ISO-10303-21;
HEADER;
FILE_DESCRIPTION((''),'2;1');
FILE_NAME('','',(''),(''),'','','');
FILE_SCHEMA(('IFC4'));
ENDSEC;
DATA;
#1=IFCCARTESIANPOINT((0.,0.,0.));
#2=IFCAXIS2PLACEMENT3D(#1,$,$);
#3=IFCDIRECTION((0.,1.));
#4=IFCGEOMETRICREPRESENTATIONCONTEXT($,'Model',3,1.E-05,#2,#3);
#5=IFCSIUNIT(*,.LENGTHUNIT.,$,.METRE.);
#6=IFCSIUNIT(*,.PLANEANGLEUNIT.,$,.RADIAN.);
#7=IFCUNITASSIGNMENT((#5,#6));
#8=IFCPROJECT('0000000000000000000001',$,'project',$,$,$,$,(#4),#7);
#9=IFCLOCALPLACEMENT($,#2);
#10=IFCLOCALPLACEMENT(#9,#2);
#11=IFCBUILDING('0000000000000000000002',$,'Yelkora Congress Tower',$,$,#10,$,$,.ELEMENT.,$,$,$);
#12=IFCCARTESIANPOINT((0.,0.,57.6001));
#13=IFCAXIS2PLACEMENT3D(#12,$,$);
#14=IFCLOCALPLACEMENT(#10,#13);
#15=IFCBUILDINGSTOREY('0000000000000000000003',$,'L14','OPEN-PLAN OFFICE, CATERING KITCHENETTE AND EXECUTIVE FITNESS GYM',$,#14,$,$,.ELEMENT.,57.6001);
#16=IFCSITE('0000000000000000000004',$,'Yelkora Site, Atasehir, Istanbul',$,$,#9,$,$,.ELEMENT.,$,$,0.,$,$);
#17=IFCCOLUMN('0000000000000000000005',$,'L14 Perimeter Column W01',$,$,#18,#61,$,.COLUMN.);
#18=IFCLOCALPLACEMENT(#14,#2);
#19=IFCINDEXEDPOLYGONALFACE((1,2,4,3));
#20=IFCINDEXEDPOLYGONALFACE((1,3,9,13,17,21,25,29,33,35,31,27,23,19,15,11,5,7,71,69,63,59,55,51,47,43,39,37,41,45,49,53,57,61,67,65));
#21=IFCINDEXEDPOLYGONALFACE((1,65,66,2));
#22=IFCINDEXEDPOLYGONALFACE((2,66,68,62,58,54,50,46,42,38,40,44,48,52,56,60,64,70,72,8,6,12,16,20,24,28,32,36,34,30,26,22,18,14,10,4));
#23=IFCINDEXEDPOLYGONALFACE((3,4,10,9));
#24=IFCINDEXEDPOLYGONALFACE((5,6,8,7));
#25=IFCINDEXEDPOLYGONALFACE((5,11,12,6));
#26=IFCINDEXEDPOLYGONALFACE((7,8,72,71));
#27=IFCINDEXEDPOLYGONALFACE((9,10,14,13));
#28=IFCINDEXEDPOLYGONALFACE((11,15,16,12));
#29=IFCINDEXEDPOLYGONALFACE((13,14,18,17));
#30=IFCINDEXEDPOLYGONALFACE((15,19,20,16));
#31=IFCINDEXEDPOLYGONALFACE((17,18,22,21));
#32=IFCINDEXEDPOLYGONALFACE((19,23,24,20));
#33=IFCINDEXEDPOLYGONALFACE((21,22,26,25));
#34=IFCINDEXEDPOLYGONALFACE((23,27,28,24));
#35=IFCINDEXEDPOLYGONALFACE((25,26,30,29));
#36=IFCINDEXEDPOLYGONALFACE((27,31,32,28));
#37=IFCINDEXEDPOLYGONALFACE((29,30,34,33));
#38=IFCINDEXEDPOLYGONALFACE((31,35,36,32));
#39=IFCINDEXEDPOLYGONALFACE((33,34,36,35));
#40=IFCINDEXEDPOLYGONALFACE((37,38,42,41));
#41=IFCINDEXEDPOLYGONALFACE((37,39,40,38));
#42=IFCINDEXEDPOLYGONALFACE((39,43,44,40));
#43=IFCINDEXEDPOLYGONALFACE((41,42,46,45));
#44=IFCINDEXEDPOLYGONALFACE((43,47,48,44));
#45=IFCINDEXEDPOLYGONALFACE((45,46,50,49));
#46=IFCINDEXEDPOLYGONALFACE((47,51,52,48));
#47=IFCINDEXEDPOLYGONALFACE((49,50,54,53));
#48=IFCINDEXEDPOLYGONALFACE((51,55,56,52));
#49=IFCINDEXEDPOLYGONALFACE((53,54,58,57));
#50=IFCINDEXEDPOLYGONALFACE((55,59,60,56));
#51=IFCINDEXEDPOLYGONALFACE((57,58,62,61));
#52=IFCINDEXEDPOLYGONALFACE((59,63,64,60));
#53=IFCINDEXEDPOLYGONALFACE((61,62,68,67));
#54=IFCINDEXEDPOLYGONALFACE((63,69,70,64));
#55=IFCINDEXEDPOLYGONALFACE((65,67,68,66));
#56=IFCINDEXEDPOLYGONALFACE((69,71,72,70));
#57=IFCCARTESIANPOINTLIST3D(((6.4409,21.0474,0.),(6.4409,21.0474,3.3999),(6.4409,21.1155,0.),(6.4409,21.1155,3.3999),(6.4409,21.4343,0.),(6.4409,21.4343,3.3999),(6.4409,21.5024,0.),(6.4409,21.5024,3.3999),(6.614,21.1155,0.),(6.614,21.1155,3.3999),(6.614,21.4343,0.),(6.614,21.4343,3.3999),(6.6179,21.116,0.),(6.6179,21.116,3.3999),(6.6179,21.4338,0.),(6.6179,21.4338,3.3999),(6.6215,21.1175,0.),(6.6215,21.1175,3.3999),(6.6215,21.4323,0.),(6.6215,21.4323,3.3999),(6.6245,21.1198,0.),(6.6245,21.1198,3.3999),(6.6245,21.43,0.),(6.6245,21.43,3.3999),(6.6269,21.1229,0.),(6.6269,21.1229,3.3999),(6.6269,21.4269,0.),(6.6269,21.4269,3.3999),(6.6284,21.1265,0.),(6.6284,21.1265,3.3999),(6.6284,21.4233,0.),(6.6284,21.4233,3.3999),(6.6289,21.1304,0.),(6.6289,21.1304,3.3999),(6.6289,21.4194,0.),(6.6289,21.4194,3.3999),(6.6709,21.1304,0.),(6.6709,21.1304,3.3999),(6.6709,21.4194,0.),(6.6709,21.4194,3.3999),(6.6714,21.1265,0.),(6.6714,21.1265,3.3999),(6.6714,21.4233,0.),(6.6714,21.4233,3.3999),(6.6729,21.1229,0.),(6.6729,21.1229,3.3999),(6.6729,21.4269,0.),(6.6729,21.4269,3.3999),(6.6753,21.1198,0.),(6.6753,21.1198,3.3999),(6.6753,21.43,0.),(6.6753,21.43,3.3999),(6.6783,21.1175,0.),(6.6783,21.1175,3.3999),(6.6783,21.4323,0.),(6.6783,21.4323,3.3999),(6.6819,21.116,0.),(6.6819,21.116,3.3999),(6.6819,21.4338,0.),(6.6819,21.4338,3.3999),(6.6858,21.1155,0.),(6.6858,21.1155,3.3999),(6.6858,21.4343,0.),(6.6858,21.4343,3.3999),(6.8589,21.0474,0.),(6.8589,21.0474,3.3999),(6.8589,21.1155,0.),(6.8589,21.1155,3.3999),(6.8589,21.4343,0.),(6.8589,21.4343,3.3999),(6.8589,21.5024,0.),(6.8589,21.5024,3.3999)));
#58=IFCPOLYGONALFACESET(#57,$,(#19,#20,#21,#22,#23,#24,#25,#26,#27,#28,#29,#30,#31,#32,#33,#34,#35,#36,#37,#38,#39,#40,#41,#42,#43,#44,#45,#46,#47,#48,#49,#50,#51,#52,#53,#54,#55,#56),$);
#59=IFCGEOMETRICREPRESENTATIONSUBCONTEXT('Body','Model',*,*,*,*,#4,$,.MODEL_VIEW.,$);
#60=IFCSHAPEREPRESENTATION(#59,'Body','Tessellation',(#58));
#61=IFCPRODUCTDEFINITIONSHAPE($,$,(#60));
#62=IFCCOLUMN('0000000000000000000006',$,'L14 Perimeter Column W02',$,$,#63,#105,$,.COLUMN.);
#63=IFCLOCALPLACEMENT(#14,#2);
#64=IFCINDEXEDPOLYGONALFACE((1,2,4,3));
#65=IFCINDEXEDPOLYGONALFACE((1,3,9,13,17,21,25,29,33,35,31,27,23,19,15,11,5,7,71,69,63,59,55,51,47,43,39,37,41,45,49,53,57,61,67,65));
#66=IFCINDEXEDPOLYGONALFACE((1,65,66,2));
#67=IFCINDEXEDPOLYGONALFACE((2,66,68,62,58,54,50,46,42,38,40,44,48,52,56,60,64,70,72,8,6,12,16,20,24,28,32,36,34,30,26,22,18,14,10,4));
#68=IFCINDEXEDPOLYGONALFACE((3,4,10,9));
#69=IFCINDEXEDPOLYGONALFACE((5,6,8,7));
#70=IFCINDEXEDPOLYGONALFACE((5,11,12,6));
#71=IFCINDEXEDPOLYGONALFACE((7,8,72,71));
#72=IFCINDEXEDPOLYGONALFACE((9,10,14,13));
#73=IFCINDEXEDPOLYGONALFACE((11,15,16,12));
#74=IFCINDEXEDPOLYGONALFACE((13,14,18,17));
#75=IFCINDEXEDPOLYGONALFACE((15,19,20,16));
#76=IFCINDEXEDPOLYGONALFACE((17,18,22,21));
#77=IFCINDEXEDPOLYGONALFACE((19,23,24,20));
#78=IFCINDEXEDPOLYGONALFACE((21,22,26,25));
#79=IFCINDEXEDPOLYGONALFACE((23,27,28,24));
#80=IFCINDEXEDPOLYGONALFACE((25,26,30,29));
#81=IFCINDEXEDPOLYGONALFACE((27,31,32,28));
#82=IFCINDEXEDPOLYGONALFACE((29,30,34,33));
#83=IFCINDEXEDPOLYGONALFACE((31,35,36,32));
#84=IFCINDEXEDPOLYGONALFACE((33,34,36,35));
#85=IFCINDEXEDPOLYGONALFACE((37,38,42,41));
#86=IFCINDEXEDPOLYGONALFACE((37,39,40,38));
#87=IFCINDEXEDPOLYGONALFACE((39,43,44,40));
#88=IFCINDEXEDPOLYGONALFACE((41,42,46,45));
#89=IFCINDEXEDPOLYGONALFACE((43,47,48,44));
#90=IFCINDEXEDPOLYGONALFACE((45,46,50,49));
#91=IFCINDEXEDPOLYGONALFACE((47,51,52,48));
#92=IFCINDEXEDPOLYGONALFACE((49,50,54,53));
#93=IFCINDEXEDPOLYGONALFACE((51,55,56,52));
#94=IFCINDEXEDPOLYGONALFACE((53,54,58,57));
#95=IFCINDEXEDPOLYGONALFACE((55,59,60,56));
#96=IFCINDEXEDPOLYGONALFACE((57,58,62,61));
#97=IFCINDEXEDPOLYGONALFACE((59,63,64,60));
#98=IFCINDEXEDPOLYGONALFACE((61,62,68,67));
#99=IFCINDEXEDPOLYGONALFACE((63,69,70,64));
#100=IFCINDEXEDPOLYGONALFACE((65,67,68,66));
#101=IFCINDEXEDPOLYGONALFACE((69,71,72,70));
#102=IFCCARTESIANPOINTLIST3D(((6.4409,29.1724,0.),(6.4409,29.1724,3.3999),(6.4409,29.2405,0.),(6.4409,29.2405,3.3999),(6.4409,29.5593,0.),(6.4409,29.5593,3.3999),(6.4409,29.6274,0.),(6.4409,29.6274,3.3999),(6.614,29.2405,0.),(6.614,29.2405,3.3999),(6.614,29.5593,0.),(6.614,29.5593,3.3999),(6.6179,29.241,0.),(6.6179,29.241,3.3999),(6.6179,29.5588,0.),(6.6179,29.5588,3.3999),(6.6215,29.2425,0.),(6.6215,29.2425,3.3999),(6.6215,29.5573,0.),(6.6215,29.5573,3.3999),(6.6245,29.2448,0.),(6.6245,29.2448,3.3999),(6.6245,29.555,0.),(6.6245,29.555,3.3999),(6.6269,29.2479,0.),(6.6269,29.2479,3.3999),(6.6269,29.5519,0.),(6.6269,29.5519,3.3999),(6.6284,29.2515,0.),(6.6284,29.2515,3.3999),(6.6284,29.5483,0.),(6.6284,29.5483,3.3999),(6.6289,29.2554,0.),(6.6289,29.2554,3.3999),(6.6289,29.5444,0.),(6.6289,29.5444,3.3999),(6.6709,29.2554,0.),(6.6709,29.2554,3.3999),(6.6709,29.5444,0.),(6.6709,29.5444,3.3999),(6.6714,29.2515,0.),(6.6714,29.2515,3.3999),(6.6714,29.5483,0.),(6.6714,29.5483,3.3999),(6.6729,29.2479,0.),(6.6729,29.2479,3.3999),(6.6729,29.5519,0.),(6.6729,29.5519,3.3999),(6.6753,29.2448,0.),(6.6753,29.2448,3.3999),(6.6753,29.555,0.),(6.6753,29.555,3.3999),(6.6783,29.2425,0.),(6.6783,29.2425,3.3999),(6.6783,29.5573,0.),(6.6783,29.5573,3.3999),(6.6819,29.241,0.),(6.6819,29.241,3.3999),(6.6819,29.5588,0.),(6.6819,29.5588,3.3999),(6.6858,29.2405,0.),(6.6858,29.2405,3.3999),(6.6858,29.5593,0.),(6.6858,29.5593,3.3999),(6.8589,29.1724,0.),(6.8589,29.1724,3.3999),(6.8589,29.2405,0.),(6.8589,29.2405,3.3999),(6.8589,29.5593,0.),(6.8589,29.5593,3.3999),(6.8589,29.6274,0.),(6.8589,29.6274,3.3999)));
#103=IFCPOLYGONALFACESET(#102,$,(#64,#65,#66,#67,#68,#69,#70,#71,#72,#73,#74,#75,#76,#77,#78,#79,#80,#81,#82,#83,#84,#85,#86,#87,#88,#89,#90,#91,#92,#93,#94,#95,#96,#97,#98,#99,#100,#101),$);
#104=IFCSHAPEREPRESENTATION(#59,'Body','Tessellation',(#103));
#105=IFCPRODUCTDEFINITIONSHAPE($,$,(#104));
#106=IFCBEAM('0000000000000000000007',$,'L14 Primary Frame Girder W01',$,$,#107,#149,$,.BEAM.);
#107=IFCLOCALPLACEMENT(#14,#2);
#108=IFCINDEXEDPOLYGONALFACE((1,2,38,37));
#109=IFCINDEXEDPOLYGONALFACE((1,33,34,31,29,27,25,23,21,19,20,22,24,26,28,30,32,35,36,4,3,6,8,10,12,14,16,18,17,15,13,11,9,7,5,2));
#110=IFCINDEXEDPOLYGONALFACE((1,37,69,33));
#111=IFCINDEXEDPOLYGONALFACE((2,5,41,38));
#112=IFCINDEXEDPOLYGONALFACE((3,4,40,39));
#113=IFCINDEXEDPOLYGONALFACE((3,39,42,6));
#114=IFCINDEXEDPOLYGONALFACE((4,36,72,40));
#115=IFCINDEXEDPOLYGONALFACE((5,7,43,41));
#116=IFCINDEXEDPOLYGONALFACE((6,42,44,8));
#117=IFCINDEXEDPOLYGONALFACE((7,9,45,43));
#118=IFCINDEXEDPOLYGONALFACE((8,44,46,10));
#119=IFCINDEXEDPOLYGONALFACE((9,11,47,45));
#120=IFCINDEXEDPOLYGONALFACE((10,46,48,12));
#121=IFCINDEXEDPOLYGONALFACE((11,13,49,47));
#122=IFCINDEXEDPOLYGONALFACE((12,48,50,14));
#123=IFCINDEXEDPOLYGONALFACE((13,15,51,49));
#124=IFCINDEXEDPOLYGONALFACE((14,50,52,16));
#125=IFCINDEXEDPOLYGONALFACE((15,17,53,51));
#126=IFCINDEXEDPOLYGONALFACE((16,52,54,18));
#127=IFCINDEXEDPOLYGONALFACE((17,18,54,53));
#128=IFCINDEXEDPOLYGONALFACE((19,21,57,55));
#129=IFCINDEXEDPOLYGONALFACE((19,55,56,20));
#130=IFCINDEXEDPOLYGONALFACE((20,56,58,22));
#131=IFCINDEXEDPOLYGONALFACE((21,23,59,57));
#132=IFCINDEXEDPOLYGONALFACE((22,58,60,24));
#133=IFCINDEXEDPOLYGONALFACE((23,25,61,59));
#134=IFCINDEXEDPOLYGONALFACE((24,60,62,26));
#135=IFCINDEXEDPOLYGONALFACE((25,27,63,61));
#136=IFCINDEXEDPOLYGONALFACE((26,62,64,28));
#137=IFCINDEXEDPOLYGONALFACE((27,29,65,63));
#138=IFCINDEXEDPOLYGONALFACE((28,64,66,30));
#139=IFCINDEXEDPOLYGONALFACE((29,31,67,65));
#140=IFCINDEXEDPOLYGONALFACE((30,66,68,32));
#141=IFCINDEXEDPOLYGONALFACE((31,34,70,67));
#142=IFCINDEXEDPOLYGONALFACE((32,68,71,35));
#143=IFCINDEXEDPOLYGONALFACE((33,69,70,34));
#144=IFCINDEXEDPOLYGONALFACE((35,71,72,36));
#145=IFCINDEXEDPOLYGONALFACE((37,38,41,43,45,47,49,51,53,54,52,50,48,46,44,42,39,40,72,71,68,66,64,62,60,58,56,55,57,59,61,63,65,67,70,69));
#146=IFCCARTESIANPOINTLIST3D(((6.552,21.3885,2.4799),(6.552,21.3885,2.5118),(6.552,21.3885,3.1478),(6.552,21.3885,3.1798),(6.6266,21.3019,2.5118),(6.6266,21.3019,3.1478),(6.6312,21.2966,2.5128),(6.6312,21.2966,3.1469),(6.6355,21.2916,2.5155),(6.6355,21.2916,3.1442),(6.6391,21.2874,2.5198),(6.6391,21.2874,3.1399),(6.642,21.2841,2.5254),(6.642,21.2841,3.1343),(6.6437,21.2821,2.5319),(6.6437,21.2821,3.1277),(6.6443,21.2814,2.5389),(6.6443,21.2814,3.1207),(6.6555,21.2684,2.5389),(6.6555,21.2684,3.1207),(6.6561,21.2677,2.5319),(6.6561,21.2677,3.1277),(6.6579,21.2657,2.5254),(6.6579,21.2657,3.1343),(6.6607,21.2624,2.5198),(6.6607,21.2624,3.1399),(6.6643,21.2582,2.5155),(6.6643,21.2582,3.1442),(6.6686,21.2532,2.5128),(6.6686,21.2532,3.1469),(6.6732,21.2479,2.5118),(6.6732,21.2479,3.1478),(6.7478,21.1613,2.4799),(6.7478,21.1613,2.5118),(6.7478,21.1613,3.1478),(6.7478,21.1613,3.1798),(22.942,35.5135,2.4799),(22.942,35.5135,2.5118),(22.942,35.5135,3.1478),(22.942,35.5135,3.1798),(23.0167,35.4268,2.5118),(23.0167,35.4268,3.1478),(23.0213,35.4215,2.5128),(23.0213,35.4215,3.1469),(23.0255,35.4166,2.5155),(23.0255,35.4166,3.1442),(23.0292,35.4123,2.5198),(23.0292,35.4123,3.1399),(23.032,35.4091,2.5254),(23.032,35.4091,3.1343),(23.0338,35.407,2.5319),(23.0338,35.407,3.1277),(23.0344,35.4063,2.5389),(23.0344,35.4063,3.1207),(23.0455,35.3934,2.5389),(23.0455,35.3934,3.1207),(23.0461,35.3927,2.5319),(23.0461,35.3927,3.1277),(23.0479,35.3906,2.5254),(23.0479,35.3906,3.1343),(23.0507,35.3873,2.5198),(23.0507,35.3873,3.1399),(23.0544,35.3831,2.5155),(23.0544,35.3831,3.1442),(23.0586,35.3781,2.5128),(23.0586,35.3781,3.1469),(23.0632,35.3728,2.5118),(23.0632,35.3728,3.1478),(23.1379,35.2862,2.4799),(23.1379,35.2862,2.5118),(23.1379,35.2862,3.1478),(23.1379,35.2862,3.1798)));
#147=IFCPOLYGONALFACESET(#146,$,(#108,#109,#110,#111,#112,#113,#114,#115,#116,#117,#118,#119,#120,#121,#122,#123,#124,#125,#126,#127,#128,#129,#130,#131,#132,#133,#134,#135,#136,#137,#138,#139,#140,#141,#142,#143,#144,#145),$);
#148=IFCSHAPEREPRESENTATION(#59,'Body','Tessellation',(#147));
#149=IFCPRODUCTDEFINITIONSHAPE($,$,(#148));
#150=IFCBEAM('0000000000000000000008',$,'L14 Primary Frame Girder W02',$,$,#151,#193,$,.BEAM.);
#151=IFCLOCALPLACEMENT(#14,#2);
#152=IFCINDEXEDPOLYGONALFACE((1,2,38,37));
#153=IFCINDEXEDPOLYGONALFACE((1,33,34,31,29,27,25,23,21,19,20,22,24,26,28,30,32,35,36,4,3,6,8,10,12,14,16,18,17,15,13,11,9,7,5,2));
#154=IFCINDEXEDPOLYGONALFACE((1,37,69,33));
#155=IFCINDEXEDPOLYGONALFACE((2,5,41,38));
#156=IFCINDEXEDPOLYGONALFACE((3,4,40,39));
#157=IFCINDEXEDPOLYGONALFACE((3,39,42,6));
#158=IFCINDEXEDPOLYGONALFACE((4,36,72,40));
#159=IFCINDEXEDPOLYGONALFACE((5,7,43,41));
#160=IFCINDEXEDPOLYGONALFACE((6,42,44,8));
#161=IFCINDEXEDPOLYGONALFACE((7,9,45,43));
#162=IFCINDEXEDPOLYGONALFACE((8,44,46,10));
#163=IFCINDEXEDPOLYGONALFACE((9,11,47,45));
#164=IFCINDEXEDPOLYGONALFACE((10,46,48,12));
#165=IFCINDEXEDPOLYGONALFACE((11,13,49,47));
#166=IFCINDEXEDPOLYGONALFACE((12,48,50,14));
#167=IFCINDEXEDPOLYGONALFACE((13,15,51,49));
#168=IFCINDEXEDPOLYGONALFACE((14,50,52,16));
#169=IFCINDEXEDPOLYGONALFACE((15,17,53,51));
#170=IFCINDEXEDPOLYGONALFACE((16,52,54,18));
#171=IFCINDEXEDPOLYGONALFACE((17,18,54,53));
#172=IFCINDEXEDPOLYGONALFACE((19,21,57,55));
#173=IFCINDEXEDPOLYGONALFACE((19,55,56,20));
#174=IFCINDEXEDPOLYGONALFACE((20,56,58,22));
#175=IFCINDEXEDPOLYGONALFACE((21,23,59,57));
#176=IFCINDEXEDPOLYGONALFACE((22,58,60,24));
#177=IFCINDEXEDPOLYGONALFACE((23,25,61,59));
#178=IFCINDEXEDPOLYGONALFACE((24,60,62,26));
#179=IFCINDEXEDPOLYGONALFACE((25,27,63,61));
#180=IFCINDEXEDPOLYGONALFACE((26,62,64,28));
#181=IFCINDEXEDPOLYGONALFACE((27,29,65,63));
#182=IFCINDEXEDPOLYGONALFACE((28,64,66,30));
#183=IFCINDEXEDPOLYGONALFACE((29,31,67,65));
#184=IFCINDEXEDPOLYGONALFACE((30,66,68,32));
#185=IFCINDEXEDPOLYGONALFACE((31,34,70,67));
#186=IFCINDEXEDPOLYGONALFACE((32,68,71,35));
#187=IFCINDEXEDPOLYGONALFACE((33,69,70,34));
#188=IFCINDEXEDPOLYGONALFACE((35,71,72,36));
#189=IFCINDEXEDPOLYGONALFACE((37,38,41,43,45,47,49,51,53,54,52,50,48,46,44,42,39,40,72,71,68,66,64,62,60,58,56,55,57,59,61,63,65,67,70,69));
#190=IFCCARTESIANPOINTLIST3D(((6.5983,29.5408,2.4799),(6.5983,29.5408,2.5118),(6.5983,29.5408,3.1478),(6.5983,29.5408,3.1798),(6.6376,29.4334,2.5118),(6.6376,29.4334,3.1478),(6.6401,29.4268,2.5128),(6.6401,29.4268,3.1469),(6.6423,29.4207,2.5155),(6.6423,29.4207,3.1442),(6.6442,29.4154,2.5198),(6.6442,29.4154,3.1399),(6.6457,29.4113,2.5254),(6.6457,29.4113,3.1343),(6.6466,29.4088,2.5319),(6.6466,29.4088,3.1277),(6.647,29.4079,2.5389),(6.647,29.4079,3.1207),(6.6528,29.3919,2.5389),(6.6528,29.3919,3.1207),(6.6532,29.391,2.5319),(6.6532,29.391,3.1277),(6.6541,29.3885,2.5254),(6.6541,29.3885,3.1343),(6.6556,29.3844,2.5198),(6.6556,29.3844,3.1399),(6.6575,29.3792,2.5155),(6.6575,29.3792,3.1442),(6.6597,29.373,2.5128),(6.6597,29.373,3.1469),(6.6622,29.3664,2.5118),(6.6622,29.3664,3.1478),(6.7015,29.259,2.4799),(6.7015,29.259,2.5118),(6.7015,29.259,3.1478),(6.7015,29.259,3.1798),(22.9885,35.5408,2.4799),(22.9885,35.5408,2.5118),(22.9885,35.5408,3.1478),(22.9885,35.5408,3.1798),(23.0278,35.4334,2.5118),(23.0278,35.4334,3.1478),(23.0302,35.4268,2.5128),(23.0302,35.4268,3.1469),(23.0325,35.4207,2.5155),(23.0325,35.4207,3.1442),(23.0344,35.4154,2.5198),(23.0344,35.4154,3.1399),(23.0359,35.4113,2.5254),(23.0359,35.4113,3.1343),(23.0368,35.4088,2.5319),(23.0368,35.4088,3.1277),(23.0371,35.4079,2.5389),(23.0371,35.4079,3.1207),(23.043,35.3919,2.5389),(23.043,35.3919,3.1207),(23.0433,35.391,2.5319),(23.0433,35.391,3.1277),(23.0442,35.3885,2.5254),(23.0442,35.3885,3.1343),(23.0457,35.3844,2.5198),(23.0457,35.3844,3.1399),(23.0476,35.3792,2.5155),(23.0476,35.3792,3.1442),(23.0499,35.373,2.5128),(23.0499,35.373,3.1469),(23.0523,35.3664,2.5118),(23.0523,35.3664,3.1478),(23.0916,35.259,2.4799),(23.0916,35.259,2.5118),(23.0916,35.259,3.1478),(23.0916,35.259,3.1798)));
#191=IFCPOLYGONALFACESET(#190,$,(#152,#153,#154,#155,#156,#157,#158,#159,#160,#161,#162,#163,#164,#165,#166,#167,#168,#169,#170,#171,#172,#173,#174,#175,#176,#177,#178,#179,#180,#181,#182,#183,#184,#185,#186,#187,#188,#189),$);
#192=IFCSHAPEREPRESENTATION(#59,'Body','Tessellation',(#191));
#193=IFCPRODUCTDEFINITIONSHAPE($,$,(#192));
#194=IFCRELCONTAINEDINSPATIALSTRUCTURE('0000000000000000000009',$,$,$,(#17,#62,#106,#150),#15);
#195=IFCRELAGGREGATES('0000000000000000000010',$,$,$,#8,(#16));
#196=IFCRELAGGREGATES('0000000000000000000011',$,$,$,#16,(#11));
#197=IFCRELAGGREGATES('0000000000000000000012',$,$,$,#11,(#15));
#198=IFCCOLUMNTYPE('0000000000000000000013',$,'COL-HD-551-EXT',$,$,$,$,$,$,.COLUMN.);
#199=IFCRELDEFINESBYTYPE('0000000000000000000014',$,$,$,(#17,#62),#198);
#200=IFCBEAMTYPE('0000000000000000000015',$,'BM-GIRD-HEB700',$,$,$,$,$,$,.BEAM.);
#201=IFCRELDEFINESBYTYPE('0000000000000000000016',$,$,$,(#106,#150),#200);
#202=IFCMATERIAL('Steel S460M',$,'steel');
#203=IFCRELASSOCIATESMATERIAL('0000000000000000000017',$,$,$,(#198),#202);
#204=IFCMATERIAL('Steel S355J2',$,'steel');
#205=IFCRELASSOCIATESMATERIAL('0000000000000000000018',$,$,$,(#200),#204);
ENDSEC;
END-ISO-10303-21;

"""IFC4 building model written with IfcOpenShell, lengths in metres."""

from ifc_helpers import new_model, si_unit, direction, frame, origin, origin_2d, place, context, subcontext, project, spatial, i_section, extrude, material, material_profile, profile_set, type_object, element, save


model = new_model("IFC4")

# Units and contexts
model_context = context("Model", 3, precision=1e-05, world=origin(), true_north=direction((0.0, 1.0)))
body_context = subcontext(model_context, "Body", "Model", "MODEL_VIEW")
ifc_project = project(units=[si_unit("LENGTHUNIT", "METRE"), si_unit("PLANEANGLEUNIT", "RADIAN")], contexts=[model_context])

# Site, building, storey
site_placement = place(None, origin())
site = spatial("IfcSite", under=ifc_project, at=site_placement, Name="Yelkora Site, Atasehir, Istanbul", CompositionType="ELEMENT", RefElevation=0.0)
building_placement = place(site_placement, origin())
building = spatial("IfcBuilding", under=site, at=building_placement, Name="Yelkora Congress Tower", CompositionType="ELEMENT")
storey_placement = place(building_placement, frame((0.0, 0.0, 57.6001)))
storey = spatial("IfcBuildingStorey", under=building, at=storey_placement, Name="L14", Description="OPEN-PLAN OFFICE, CATERING KITCHENETTE AND EXECUTIVE FITNESS GYM", CompositionType="ELEMENT", Elevation=57.6001)

# Columns
ifc_material_1 = material(Name="Steel S460M", Category="steel")
ifc_material_profile_1 = material_profile(ifc_material_1, i_section(OverallWidth=0.418, OverallDepth=0.4551, WebThickness=0.042, FlangeThickness=0.0681, FilletRadius=0.0149, at=origin_2d()), Name="HD 400x551")
ifc_profile_set_1 = profile_set([ifc_material_profile_1], Name="Steel S460M")
column_type = type_object("IfcColumnType", Name="COL-HD-551-EXT", PredefinedType="COLUMN", material=ifc_profile_set_1)
for number, where, z_axis, x_axis, name in (
    (1, (6.6499, 21.2749, 0.0), (0.0, 0.0, 1.0), (1.0, 0.0, 0.0), "L14 Perimeter Column W01"),
    (2, (6.6499, 29.3999, 0.0), (0.0, 0.0, 1.0), (1.0, 0.0, 0.0), "L14 Perimeter Column W02"),
):
    element("IfcColumn", number, at=place(storey_placement, frame(where, z_axis=z_axis, x_axis=x_axis)), inside=storey, type_object=column_type, Name=name, PredefinedType="COLUMN", context=body_context, shape_type="SweptSolid", body=[
        extrude(i_section(OverallWidth=0.418, OverallDepth=0.4551, WebThickness=0.042, FlangeThickness=0.0681, FilletRadius=0.0149, at=origin_2d()), origin(), (0.0, 0.0, 1.0), 3.3999),
    ])

# Beams
ifc_material_2 = material(Name="Steel S355J2", Category="steel")
ifc_material_profile_2 = material_profile(ifc_material_2, i_section(OverallWidth=0.3, OverallDepth=0.7, WebThickness=0.0171, FlangeThickness=0.032, FilletRadius=0.0271, at=origin_2d()), Name="HEB 700")
ifc_profile_set_2 = profile_set([ifc_material_profile_2], Name="Steel S355J2")
beam_type_1 = type_object("IfcBeamType", Name="BM-GIRD-HEB700", PredefinedType="BEAM", material=ifc_profile_set_2)
beam_1_placement = place(storey_placement, frame((6.6499, 21.2749, 2.8298), z_axis=(0.757511, 0.652822, 0.0), x_axis=(-0.652822, 0.757511, 0.0)))
element("IfcBeam", 3, at=beam_1_placement, inside=storey, type_object=beam_type_1, Name="L14 Primary Frame Girder W01", PredefinedType="BEAM", context=body_context, shape_type="SweptSolid", body=[
    extrude(i_section(OverallWidth=0.3, OverallDepth=0.7, WebThickness=0.0171, FlangeThickness=0.032, FilletRadius=0.0271, at=origin_2d()), origin(), (0.0, 0.0, 1.0), 21.6367),
])
beam_2_placement = place(storey_placement, frame((6.6499, 29.3999, 2.8298), z_axis=(0.939056, 0.343764, 0.0), x_axis=(-0.343764, 0.939056, 0.0)))
element("IfcBeam", 4, at=beam_2_placement, inside=storey, type_object=beam_type_1, Name="L14 Primary Frame Girder W02", PredefinedType="BEAM", context=body_context, shape_type="SweptSolid", body=[
    extrude(i_section(OverallWidth=0.3, OverallDepth=0.7, WebThickness=0.0171, FlangeThickness=0.032, FilletRadius=0.0271, at=origin_2d()), origin(), (0.0, 0.0, 1.0), 17.4539),
])

save(model, "model.ifc")
